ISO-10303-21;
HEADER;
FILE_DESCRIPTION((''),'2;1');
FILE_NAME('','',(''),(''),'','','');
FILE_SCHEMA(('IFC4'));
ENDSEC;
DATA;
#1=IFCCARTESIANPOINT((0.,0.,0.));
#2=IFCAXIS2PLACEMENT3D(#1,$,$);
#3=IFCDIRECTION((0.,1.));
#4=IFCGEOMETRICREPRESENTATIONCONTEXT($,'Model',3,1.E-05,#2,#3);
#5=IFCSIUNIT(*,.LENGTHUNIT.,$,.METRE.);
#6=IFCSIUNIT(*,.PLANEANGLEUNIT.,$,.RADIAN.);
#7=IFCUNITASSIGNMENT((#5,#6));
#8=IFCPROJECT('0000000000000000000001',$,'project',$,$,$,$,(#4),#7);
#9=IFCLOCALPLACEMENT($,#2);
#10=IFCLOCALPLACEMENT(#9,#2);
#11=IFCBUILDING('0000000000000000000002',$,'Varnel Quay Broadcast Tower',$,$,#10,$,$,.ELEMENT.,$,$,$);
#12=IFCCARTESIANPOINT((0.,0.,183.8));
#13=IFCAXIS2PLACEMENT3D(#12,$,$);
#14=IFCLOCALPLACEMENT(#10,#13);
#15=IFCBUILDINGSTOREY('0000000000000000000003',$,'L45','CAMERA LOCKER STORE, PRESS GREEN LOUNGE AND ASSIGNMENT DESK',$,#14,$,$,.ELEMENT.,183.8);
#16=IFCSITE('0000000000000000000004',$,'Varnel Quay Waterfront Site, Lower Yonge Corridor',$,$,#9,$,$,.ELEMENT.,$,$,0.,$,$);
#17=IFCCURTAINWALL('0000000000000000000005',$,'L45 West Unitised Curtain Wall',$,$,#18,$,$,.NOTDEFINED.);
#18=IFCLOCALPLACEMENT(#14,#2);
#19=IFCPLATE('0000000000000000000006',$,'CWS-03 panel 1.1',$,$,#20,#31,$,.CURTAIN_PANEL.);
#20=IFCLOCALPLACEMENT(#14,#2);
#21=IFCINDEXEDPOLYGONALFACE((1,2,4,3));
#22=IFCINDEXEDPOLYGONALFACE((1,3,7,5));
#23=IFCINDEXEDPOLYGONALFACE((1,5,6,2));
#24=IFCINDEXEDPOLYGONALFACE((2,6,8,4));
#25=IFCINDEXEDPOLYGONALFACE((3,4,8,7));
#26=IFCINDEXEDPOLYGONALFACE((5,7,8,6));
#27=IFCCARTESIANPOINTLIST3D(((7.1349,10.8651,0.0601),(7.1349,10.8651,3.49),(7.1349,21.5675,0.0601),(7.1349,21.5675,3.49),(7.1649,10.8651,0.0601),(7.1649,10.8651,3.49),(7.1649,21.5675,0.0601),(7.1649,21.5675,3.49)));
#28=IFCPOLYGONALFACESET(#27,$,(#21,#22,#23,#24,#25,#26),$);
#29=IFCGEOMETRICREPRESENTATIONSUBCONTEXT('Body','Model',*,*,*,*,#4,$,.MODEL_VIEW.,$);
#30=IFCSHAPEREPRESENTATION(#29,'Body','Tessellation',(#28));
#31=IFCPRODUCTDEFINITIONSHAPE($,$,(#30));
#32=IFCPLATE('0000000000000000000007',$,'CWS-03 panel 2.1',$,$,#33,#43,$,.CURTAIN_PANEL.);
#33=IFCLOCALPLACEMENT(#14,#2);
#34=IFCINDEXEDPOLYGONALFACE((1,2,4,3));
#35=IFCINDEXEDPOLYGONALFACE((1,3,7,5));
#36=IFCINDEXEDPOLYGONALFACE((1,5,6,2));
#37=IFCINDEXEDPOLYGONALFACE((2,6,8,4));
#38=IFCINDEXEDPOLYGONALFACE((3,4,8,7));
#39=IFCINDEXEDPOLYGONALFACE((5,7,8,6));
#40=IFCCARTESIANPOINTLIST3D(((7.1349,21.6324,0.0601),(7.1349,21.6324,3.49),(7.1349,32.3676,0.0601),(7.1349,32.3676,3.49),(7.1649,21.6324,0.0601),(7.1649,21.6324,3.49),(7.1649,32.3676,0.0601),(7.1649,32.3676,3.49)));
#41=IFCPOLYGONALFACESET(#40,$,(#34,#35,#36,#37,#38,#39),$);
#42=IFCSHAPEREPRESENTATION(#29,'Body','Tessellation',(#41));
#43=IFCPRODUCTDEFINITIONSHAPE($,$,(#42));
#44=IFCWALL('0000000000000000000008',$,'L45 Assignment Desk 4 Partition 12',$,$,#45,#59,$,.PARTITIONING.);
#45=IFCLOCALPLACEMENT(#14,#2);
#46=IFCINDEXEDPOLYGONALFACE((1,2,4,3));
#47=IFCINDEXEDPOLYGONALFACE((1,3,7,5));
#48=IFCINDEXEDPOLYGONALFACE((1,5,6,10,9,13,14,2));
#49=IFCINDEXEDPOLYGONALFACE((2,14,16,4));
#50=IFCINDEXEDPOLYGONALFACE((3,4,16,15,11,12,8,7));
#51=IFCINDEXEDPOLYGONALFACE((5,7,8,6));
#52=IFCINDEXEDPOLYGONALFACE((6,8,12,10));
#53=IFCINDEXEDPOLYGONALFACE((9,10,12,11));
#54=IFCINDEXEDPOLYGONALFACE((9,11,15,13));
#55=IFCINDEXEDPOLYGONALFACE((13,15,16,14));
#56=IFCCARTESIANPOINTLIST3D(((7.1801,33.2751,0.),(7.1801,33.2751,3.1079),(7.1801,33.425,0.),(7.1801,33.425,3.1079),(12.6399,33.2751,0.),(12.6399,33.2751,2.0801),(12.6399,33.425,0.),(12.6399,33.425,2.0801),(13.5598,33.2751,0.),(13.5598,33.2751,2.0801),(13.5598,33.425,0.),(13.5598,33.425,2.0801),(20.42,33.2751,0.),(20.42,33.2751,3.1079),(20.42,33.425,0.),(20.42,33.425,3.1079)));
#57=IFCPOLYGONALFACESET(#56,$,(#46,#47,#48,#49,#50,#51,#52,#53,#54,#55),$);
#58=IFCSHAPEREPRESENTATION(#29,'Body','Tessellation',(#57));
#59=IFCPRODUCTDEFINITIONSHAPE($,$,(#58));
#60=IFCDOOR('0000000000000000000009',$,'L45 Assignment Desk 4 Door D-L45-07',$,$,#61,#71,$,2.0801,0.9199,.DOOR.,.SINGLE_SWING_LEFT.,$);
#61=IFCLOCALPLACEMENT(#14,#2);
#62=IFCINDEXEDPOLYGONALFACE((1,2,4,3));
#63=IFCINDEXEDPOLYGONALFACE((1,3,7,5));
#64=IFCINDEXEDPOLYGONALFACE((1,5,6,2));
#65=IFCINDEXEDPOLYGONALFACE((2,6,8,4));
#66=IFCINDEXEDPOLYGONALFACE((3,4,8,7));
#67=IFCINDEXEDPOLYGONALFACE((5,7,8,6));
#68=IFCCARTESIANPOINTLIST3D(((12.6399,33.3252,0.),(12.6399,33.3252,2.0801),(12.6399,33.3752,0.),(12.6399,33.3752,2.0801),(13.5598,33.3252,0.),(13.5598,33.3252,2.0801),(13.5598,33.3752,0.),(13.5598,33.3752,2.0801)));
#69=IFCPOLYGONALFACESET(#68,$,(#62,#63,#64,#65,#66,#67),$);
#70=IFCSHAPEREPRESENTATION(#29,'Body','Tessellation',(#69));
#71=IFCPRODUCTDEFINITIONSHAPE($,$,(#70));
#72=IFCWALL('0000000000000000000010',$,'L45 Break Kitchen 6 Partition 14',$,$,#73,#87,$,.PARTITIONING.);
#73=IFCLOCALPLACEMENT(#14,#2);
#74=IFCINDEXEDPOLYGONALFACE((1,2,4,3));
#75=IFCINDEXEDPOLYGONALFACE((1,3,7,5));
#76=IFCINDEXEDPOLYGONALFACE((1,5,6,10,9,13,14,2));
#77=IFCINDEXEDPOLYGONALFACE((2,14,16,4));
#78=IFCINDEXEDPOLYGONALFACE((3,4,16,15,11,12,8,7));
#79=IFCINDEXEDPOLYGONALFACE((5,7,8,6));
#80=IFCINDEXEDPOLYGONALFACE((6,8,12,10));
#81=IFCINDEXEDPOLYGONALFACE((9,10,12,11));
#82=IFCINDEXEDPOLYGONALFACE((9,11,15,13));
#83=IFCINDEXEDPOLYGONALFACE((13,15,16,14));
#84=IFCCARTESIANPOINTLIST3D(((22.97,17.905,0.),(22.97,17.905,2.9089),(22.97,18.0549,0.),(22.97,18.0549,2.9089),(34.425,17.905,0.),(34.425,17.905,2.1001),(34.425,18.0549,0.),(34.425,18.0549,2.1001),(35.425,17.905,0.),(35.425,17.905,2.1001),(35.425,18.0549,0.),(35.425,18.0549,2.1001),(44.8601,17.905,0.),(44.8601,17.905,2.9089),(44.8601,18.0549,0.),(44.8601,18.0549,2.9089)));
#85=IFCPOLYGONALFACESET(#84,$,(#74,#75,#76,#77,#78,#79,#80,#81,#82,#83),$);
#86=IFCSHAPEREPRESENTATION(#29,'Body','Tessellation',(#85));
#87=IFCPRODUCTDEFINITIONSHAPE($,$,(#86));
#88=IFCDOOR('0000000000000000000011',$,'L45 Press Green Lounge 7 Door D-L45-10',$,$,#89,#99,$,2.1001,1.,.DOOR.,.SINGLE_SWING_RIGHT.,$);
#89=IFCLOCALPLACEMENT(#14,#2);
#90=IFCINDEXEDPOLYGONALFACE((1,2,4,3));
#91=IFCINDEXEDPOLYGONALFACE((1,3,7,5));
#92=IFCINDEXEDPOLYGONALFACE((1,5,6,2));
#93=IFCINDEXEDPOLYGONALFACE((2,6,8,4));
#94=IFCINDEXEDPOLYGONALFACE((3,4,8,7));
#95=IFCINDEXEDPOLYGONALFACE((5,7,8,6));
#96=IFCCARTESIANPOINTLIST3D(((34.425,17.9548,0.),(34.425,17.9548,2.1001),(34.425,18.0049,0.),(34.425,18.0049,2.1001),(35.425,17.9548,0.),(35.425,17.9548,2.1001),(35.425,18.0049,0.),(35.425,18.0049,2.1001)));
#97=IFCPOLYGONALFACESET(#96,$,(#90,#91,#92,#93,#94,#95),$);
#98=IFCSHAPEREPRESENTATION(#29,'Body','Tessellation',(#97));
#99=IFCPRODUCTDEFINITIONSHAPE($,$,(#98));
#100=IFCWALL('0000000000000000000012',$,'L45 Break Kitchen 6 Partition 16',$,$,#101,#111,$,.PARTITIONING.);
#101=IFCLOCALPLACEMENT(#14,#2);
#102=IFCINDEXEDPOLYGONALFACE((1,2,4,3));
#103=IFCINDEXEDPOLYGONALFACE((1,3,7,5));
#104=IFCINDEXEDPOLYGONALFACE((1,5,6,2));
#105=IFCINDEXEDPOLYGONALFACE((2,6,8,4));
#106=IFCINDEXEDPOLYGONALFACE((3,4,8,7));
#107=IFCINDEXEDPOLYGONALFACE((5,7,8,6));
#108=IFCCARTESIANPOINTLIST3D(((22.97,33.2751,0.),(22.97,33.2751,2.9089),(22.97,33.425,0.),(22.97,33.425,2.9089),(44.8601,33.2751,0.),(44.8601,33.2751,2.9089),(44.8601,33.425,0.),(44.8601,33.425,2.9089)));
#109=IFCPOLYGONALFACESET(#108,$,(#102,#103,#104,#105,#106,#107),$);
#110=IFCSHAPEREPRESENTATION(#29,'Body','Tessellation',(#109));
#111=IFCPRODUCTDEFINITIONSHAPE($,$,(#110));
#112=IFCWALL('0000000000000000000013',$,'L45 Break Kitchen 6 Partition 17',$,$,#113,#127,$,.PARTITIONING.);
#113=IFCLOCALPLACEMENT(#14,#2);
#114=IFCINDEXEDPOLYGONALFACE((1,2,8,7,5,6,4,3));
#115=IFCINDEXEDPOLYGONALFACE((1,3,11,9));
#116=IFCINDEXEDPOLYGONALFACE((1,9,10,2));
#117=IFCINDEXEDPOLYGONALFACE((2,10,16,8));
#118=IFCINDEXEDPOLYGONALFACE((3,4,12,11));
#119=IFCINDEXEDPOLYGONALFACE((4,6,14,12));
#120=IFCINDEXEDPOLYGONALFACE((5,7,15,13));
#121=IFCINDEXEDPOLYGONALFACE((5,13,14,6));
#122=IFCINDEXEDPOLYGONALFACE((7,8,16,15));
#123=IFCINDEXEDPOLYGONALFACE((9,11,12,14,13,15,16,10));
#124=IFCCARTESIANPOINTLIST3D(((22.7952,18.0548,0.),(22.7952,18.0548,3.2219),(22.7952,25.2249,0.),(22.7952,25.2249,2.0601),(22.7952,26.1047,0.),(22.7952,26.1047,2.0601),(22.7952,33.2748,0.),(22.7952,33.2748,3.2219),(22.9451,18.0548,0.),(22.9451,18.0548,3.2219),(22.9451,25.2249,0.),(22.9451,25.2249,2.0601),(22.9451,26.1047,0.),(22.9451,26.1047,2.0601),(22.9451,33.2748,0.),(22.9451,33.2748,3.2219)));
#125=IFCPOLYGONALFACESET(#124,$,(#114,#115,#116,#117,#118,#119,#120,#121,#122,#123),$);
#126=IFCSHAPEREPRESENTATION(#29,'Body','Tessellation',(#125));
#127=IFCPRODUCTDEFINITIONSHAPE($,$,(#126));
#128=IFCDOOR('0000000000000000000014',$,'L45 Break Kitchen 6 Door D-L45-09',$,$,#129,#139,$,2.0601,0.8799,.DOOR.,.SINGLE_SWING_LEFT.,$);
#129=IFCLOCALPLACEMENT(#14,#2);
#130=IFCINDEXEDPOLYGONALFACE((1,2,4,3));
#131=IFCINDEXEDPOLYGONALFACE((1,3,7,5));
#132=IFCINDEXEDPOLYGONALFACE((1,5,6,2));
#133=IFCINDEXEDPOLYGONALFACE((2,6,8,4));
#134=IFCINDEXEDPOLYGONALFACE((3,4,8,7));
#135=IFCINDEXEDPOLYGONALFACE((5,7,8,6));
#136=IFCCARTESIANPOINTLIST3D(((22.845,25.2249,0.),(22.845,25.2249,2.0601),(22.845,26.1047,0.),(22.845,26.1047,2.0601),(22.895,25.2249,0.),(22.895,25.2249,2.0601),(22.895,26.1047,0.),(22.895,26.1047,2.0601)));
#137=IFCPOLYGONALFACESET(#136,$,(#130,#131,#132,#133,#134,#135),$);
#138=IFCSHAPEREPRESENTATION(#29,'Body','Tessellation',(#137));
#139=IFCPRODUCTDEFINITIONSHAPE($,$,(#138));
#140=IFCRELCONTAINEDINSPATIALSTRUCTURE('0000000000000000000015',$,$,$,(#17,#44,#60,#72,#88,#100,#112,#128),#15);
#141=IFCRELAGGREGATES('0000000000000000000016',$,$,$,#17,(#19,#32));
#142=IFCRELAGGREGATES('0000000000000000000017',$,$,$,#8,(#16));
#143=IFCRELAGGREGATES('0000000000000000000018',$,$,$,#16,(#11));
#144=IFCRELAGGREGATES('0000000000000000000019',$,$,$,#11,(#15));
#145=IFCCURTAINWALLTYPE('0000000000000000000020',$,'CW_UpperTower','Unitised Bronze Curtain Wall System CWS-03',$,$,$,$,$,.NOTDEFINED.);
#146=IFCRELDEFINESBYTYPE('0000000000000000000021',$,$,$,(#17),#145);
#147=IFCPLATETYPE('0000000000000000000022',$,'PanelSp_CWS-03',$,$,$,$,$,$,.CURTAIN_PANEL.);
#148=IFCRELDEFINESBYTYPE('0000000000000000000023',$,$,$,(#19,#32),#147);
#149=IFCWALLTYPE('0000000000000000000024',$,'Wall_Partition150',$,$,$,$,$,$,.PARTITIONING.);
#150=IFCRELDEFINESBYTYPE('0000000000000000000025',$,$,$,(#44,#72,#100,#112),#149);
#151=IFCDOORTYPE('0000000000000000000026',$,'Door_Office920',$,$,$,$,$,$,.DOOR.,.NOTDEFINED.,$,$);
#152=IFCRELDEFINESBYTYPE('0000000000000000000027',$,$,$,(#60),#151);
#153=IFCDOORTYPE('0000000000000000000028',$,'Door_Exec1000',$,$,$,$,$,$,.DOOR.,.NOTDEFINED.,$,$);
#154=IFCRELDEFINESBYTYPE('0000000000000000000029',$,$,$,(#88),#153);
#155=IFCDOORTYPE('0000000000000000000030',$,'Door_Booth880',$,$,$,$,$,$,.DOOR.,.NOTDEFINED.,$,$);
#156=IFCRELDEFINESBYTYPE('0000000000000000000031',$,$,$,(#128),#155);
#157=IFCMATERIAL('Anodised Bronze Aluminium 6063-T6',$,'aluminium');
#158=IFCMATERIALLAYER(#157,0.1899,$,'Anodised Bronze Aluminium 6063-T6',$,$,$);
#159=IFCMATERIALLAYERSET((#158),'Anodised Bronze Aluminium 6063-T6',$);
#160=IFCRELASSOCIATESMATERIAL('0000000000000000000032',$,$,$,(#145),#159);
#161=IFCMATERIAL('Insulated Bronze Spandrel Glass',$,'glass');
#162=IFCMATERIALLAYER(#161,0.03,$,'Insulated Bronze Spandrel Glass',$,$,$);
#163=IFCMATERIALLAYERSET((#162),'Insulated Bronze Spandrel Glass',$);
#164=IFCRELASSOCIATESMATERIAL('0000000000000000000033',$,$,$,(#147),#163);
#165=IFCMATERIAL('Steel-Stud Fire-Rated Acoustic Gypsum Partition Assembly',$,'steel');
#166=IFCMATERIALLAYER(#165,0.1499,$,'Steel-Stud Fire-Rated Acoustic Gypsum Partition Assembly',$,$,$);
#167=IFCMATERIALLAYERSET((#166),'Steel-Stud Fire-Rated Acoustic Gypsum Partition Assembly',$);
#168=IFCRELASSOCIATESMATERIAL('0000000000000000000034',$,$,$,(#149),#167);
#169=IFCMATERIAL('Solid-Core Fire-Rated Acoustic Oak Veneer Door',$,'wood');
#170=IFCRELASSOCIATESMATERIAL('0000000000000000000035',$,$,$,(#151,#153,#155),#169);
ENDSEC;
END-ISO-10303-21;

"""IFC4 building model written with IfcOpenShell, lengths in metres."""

from ifc_helpers import new_model, si_unit, direction, frame, frame_2d, origin, origin_2d, place, context, subcontext, project, spatial, rectangle, extrude, source, transform, mapped, material, layer, layer_set, type_object, type_shapes, element, fill, aggregate, save


model = new_model("IFC4")

# Units and contexts
model_context = context("Model", 3, precision=1e-05, world=origin(), true_north=direction((0.0, 1.0)))
body_context = subcontext(model_context, "Body", "Model", "MODEL_VIEW")
ifc_project = project(units=[si_unit("LENGTHUNIT", "METRE"), si_unit("PLANEANGLEUNIT", "RADIAN")], contexts=[model_context])

# Site, building, storey
site_placement = place(None, origin())
site = spatial("IfcSite", under=ifc_project, at=site_placement, Name="Varnel Quay Waterfront Site, Lower Yonge Corridor", CompositionType="ELEMENT", RefElevation=0.0)
building_placement = place(site_placement, origin())
building = spatial("IfcBuilding", under=site, at=building_placement, Name="Varnel Quay Broadcast Tower", CompositionType="ELEMENT")
storey_placement = place(building_placement, frame((0.0, 0.0, 183.8)))
storey = spatial("IfcBuildingStorey", under=building, at=storey_placement, Name="L45", Description="CAMERA LOCKER STORE, PRESS GREEN LOUNGE AND ASSIGNMENT DESK", CompositionType="ELEMENT", Elevation=183.8)

# Curtain wall
ifc_material_1 = material(Name="Anodised Bronze Aluminium 6063-T6", Category="aluminium")
ifc_layer_1 = layer(ifc_material_1, 0.1899, Name="Anodised Bronze Aluminium 6063-T6")
ifc_layer_set_1 = layer_set([ifc_layer_1], Name="Anodised Bronze Aluminium 6063-T6")
curtain_wall_type = type_object("IfcCurtainWallType", Name="CW_UpperTower", Description="Unitised Bronze Curtain Wall System CWS-03", PredefinedType="NOTDEFINED", material=ifc_layer_set_1)
curtain_wall_placement = place(storey_placement, origin())
curtain_wall = element("IfcCurtainWall", 1, at=curtain_wall_placement, inside=storey, type_object=curtain_wall_type, Name="L45 West Unitised Curtain Wall", PredefinedType="NOTDEFINED")

# Plates
ifc_material_2 = material(Name="Insulated Bronze Spandrel Glass", Category="glass")
ifc_layer_2 = layer(ifc_material_2, 0.03, Name="Insulated Bronze Spandrel Glass")
ifc_layer_set_2 = layer_set([ifc_layer_2], Name="Insulated Bronze Spandrel Glass")
plate_type_1 = type_object("IfcPlateType", Name="PanelSp_CWS-03", PredefinedType="CURTAIN_PANEL", material=ifc_layer_set_2)
shared_shape_1 = source(origin(), body_context, "Body", "SweptSolid", [
    extrude(rectangle(XDim=10.7024, YDim=0.03, at=origin_2d()), origin(), (0.0, 0.0, 1.0), 3.4299),
])
plate_1_placement = place(storey_placement, frame((7.1499, 16.2163, 0.0601), z_axis=(0.0, 0.0, 1.0), x_axis=(0.0, 1.0, 0.0)))
plate_1 = element("IfcPlate", 2, at=plate_1_placement, type_object=plate_type_1, Name="CWS-03 panel 1.1", PredefinedType="CURTAIN_PANEL", context=body_context, shape_type="MappedRepresentation", body=[
    mapped(shared_shape_1, transform((0.0, 0.0, 0.0), x_axis=(1.0, 0.0, 0.0), y_axis=(0.0, 1.0, 0.0), z_axis=(0.0, 0.0, 1.0), scale=1.0)),
])
shared_shape_2 = source(origin(), body_context, "Body", "SweptSolid", [
    extrude(rectangle(XDim=10.7351, YDim=0.03, at=origin_2d()), origin(), (0.0, 0.0, 1.0), 3.4299),
])
type_shapes(plate_type_1, [shared_shape_1, shared_shape_2])
plate_2_placement = place(storey_placement, frame((7.1499, 27.0, 0.0601), z_axis=(0.0, 0.0, 1.0), x_axis=(0.0, 1.0, 0.0)))
plate_2 = element("IfcPlate", 3, at=plate_2_placement, type_object=plate_type_1, Name="CWS-03 panel 2.1", PredefinedType="CURTAIN_PANEL", context=body_context, shape_type="MappedRepresentation", body=[
    mapped(shared_shape_2, transform((0.0, 0.0, 0.0), x_axis=(1.0, 0.0, 0.0), y_axis=(0.0, 1.0, 0.0), z_axis=(0.0, 0.0, 1.0), scale=1.0)),
])
aggregate(curtain_wall, [plate_1, plate_2])

# Walls, openings, doors
ifc_material_3 = material(Name="Steel-Stud Fire-Rated Acoustic Gypsum Partition Assembly", Category="steel")
ifc_layer_3 = layer(ifc_material_3, 0.1499, Name="Steel-Stud Fire-Rated Acoustic Gypsum Partition Assembly")
ifc_layer_set_3 = layer_set([ifc_layer_3], Name="Steel-Stud Fire-Rated Acoustic Gypsum Partition Assembly")
wall_type_1 = type_object("IfcWallType", Name="Wall_Partition150", PredefinedType="PARTITIONING", material=ifc_layer_set_3)
wall_1_placement = place(storey_placement, frame((7.1799, 33.3501, 0.0), z_axis=(0.0, 0.0, 1.0), x_axis=(1.0, 0.0, 0.0)))
wall_1 = element("IfcWall", 4, at=wall_1_placement, inside=storey, type_object=wall_type_1, Name="L45 Assignment Desk 4 Partition 12", PredefinedType="PARTITIONING", context=body_context, shape_type="SweptSolid", body=[
    extrude(rectangle(XDim=13.24, YDim=0.1499, at=frame_2d((6.6201, 0.0))), origin(), (0.0, 0.0, 1.0), 3.1079),
])
opening_1_placement = place(wall_1_placement, frame((5.46, 0.0, 0.0)))
opening_1 = element("IfcOpeningElement", 5, at=opening_1_placement, cuts=wall_1, PredefinedType="OPENING", context=body_context, shape_type="SweptSolid", body=[
    extrude(rectangle(XDim=0.9199, YDim=2.0801, at=frame_2d((0.46, 1.04))), frame((0.0, 0.085, 0.0), z_axis=(0.0, -1.0, 0.0), x_axis=(1.0, 0.0, 0.0)), (0.0, 0.0, 1.0), 0.1699),
])
ifc_material_4 = material(Name="Solid-Core Fire-Rated Acoustic Oak Veneer Door", Category="wood")
door_type_1 = type_object("IfcDoorType", Name="Door_Office920", OperationType="NOTDEFINED", PredefinedType="DOOR", material=ifc_material_4)
shared_shape_3 = source(origin(), body_context, "Body", "SweptSolid", [
    extrude(rectangle(XDim=0.9199, YDim=2.0801, at=frame_2d((0.46, 1.04))), frame((0.0, 0.0249, 0.0), z_axis=(0.0, -1.0, 0.0), x_axis=(1.0, 0.0, 0.0)), (0.0, 0.0, 1.0), 0.05),
])
type_shapes(door_type_1, [shared_shape_3])
door_1_placement = place(opening_1_placement, frame((0.9199, 0.0, 0.0), z_axis=(0.0, 0.0, 1.0), x_axis=(-1.0, 0.0, 0.0)))
door_1 = element("IfcDoor", 6, at=door_1_placement, inside=storey, type_object=door_type_1, Name="L45 Assignment Desk 4 Door D-L45-07", OperationType="SINGLE_SWING_LEFT", OverallHeight=2.0801, OverallWidth=0.9199, PredefinedType="DOOR", context=body_context, shape_type="MappedRepresentation", body=[
    mapped(shared_shape_3, transform((0.0, 0.0, 0.0), x_axis=(1.0, 0.0, 0.0), y_axis=(0.0, 1.0, 0.0), z_axis=(0.0, 0.0, 1.0), scale=1.0)),
])
fill(opening_1, door_1)
wall_2_placement = place(storey_placement, frame((22.97, 17.98, 0.0), z_axis=(0.0, 0.0, 1.0), x_axis=(1.0, 0.0, 0.0)))
wall_2 = element("IfcWall", 7, at=wall_2_placement, inside=storey, type_object=wall_type_1, Name="L45 Break Kitchen 6 Partition 14", PredefinedType="PARTITIONING", context=body_context, shape_type="SweptSolid", body=[
    extrude(rectangle(XDim=21.8901, YDim=0.1499, at=frame_2d((10.9451, 0.0))), origin(), (0.0, 0.0, 1.0), 2.9089),
])
opening_2_placement = place(wall_2_placement, frame((11.4551, 0.0, 0.0)))
opening_2 = element("IfcOpeningElement", 8, at=opening_2_placement, cuts=wall_2, PredefinedType="OPENING", context=body_context, shape_type="SweptSolid", body=[
    extrude(rectangle(XDim=1.0, YDim=2.1001, at=frame_2d((0.5, 1.05))), frame((0.0, 0.085, 0.0), z_axis=(0.0, -1.0, 0.0), x_axis=(1.0, 0.0, 0.0)), (0.0, 0.0, 1.0), 0.1699),
])
door_type_2 = type_object("IfcDoorType", Name="Door_Exec1000", OperationType="NOTDEFINED", PredefinedType="DOOR", material=ifc_material_4)
shared_shape_4 = source(origin(), body_context, "Body", "SweptSolid", [
    extrude(rectangle(XDim=1.0, YDim=2.1001, at=frame_2d((0.5, 1.05))), frame((0.0, 0.0249, 0.0), z_axis=(0.0, -1.0, 0.0), x_axis=(1.0, 0.0, 0.0)), (0.0, 0.0, 1.0), 0.05),
])
type_shapes(door_type_2, [shared_shape_4])
door_2_placement = place(opening_2_placement, origin())
door_2 = element("IfcDoor", 9, at=door_2_placement, inside=storey, type_object=door_type_2, Name="L45 Press Green Lounge 7 Door D-L45-10", OperationType="SINGLE_SWING_RIGHT", OverallHeight=2.1001, OverallWidth=1.0, PredefinedType="DOOR", context=body_context, shape_type="MappedRepresentation", body=[
    mapped(shared_shape_4, transform((0.0, 0.0, 0.0), x_axis=(1.0, 0.0, 0.0), y_axis=(0.0, 1.0, 0.0), z_axis=(0.0, 0.0, 1.0), scale=1.0)),
])
fill(opening_2, door_2)

# Wall
wall_3_placement = place(storey_placement, frame((22.97, 33.3501, 0.0), z_axis=(0.0, 0.0, 1.0), x_axis=(1.0, 0.0, 0.0)))
element("IfcWall", 10, at=wall_3_placement, inside=storey, type_object=wall_type_1, Name="L45 Break Kitchen 6 Partition 16", PredefinedType="PARTITIONING", context=body_context, shape_type="SweptSolid", body=[
    extrude(rectangle(XDim=21.8901, YDim=0.1499, at=frame_2d((10.9451, 0.0))), origin(), (0.0, 0.0, 1.0), 2.9089),
])

# Wall, opening, door
wall_4_placement = place(storey_placement, frame((22.8701, 18.0549, 0.0), z_axis=(0.0, 0.0, 1.0), x_axis=(0.0, 1.0, 0.0)))
wall_4 = element("IfcWall", 11, at=wall_4_placement, inside=storey, type_object=wall_type_1, Name="L45 Break Kitchen 6 Partition 17", PredefinedType="PARTITIONING", context=body_context, shape_type="SweptSolid", body=[
    extrude(rectangle(XDim=15.22, YDim=0.1499, at=frame_2d((7.6099, 0.0))), origin(), (0.0, 0.0, 1.0), 3.2219),
])
opening_3_placement = place(wall_4_placement, frame((7.1699, 0.0, 0.0)))
opening_3 = element("IfcOpeningElement", 12, at=opening_3_placement, cuts=wall_4, PredefinedType="OPENING", context=body_context, shape_type="SweptSolid", body=[
    extrude(rectangle(XDim=0.8799, YDim=2.0601, at=frame_2d((0.4399, 1.03))), frame((0.0, 0.085, 0.0), z_axis=(0.0, -1.0, 0.0), x_axis=(1.0, 0.0, 0.0)), (0.0, 0.0, 1.0), 0.1699),
])
door_type_3 = type_object("IfcDoorType", Name="Door_Booth880", OperationType="NOTDEFINED", PredefinedType="DOOR", material=ifc_material_4)
shared_shape_5 = source(origin(), body_context, "Body", "SweptSolid", [
    extrude(rectangle(XDim=0.8799, YDim=2.0601, at=frame_2d((0.4399, 1.03))), frame((0.0, 0.0249, 0.0), z_axis=(0.0, -1.0, 0.0), x_axis=(1.0, 0.0, 0.0)), (0.0, 0.0, 1.0), 0.05),
])
type_shapes(door_type_3, [shared_shape_5])
door_3_placement = place(opening_3_placement, frame((0.8799, 0.0, 0.0), z_axis=(0.0, 0.0, 1.0), x_axis=(-1.0, 0.0, 0.0)))
door_3 = element("IfcDoor", 13, at=door_3_placement, inside=storey, type_object=door_type_3, Name="L45 Break Kitchen 6 Door D-L45-09", OperationType="SINGLE_SWING_LEFT", OverallHeight=2.0601, OverallWidth=0.8799, PredefinedType="DOOR", context=body_context, shape_type="MappedRepresentation", body=[
    mapped(shared_shape_5, transform((0.0, 0.0, 0.0), x_axis=(1.0, 0.0, 0.0), y_axis=(0.0, 1.0, 0.0), z_axis=(0.0, 0.0, 1.0), scale=1.0)),
])
fill(opening_3, door_3)

save(model, "model.ifc")
